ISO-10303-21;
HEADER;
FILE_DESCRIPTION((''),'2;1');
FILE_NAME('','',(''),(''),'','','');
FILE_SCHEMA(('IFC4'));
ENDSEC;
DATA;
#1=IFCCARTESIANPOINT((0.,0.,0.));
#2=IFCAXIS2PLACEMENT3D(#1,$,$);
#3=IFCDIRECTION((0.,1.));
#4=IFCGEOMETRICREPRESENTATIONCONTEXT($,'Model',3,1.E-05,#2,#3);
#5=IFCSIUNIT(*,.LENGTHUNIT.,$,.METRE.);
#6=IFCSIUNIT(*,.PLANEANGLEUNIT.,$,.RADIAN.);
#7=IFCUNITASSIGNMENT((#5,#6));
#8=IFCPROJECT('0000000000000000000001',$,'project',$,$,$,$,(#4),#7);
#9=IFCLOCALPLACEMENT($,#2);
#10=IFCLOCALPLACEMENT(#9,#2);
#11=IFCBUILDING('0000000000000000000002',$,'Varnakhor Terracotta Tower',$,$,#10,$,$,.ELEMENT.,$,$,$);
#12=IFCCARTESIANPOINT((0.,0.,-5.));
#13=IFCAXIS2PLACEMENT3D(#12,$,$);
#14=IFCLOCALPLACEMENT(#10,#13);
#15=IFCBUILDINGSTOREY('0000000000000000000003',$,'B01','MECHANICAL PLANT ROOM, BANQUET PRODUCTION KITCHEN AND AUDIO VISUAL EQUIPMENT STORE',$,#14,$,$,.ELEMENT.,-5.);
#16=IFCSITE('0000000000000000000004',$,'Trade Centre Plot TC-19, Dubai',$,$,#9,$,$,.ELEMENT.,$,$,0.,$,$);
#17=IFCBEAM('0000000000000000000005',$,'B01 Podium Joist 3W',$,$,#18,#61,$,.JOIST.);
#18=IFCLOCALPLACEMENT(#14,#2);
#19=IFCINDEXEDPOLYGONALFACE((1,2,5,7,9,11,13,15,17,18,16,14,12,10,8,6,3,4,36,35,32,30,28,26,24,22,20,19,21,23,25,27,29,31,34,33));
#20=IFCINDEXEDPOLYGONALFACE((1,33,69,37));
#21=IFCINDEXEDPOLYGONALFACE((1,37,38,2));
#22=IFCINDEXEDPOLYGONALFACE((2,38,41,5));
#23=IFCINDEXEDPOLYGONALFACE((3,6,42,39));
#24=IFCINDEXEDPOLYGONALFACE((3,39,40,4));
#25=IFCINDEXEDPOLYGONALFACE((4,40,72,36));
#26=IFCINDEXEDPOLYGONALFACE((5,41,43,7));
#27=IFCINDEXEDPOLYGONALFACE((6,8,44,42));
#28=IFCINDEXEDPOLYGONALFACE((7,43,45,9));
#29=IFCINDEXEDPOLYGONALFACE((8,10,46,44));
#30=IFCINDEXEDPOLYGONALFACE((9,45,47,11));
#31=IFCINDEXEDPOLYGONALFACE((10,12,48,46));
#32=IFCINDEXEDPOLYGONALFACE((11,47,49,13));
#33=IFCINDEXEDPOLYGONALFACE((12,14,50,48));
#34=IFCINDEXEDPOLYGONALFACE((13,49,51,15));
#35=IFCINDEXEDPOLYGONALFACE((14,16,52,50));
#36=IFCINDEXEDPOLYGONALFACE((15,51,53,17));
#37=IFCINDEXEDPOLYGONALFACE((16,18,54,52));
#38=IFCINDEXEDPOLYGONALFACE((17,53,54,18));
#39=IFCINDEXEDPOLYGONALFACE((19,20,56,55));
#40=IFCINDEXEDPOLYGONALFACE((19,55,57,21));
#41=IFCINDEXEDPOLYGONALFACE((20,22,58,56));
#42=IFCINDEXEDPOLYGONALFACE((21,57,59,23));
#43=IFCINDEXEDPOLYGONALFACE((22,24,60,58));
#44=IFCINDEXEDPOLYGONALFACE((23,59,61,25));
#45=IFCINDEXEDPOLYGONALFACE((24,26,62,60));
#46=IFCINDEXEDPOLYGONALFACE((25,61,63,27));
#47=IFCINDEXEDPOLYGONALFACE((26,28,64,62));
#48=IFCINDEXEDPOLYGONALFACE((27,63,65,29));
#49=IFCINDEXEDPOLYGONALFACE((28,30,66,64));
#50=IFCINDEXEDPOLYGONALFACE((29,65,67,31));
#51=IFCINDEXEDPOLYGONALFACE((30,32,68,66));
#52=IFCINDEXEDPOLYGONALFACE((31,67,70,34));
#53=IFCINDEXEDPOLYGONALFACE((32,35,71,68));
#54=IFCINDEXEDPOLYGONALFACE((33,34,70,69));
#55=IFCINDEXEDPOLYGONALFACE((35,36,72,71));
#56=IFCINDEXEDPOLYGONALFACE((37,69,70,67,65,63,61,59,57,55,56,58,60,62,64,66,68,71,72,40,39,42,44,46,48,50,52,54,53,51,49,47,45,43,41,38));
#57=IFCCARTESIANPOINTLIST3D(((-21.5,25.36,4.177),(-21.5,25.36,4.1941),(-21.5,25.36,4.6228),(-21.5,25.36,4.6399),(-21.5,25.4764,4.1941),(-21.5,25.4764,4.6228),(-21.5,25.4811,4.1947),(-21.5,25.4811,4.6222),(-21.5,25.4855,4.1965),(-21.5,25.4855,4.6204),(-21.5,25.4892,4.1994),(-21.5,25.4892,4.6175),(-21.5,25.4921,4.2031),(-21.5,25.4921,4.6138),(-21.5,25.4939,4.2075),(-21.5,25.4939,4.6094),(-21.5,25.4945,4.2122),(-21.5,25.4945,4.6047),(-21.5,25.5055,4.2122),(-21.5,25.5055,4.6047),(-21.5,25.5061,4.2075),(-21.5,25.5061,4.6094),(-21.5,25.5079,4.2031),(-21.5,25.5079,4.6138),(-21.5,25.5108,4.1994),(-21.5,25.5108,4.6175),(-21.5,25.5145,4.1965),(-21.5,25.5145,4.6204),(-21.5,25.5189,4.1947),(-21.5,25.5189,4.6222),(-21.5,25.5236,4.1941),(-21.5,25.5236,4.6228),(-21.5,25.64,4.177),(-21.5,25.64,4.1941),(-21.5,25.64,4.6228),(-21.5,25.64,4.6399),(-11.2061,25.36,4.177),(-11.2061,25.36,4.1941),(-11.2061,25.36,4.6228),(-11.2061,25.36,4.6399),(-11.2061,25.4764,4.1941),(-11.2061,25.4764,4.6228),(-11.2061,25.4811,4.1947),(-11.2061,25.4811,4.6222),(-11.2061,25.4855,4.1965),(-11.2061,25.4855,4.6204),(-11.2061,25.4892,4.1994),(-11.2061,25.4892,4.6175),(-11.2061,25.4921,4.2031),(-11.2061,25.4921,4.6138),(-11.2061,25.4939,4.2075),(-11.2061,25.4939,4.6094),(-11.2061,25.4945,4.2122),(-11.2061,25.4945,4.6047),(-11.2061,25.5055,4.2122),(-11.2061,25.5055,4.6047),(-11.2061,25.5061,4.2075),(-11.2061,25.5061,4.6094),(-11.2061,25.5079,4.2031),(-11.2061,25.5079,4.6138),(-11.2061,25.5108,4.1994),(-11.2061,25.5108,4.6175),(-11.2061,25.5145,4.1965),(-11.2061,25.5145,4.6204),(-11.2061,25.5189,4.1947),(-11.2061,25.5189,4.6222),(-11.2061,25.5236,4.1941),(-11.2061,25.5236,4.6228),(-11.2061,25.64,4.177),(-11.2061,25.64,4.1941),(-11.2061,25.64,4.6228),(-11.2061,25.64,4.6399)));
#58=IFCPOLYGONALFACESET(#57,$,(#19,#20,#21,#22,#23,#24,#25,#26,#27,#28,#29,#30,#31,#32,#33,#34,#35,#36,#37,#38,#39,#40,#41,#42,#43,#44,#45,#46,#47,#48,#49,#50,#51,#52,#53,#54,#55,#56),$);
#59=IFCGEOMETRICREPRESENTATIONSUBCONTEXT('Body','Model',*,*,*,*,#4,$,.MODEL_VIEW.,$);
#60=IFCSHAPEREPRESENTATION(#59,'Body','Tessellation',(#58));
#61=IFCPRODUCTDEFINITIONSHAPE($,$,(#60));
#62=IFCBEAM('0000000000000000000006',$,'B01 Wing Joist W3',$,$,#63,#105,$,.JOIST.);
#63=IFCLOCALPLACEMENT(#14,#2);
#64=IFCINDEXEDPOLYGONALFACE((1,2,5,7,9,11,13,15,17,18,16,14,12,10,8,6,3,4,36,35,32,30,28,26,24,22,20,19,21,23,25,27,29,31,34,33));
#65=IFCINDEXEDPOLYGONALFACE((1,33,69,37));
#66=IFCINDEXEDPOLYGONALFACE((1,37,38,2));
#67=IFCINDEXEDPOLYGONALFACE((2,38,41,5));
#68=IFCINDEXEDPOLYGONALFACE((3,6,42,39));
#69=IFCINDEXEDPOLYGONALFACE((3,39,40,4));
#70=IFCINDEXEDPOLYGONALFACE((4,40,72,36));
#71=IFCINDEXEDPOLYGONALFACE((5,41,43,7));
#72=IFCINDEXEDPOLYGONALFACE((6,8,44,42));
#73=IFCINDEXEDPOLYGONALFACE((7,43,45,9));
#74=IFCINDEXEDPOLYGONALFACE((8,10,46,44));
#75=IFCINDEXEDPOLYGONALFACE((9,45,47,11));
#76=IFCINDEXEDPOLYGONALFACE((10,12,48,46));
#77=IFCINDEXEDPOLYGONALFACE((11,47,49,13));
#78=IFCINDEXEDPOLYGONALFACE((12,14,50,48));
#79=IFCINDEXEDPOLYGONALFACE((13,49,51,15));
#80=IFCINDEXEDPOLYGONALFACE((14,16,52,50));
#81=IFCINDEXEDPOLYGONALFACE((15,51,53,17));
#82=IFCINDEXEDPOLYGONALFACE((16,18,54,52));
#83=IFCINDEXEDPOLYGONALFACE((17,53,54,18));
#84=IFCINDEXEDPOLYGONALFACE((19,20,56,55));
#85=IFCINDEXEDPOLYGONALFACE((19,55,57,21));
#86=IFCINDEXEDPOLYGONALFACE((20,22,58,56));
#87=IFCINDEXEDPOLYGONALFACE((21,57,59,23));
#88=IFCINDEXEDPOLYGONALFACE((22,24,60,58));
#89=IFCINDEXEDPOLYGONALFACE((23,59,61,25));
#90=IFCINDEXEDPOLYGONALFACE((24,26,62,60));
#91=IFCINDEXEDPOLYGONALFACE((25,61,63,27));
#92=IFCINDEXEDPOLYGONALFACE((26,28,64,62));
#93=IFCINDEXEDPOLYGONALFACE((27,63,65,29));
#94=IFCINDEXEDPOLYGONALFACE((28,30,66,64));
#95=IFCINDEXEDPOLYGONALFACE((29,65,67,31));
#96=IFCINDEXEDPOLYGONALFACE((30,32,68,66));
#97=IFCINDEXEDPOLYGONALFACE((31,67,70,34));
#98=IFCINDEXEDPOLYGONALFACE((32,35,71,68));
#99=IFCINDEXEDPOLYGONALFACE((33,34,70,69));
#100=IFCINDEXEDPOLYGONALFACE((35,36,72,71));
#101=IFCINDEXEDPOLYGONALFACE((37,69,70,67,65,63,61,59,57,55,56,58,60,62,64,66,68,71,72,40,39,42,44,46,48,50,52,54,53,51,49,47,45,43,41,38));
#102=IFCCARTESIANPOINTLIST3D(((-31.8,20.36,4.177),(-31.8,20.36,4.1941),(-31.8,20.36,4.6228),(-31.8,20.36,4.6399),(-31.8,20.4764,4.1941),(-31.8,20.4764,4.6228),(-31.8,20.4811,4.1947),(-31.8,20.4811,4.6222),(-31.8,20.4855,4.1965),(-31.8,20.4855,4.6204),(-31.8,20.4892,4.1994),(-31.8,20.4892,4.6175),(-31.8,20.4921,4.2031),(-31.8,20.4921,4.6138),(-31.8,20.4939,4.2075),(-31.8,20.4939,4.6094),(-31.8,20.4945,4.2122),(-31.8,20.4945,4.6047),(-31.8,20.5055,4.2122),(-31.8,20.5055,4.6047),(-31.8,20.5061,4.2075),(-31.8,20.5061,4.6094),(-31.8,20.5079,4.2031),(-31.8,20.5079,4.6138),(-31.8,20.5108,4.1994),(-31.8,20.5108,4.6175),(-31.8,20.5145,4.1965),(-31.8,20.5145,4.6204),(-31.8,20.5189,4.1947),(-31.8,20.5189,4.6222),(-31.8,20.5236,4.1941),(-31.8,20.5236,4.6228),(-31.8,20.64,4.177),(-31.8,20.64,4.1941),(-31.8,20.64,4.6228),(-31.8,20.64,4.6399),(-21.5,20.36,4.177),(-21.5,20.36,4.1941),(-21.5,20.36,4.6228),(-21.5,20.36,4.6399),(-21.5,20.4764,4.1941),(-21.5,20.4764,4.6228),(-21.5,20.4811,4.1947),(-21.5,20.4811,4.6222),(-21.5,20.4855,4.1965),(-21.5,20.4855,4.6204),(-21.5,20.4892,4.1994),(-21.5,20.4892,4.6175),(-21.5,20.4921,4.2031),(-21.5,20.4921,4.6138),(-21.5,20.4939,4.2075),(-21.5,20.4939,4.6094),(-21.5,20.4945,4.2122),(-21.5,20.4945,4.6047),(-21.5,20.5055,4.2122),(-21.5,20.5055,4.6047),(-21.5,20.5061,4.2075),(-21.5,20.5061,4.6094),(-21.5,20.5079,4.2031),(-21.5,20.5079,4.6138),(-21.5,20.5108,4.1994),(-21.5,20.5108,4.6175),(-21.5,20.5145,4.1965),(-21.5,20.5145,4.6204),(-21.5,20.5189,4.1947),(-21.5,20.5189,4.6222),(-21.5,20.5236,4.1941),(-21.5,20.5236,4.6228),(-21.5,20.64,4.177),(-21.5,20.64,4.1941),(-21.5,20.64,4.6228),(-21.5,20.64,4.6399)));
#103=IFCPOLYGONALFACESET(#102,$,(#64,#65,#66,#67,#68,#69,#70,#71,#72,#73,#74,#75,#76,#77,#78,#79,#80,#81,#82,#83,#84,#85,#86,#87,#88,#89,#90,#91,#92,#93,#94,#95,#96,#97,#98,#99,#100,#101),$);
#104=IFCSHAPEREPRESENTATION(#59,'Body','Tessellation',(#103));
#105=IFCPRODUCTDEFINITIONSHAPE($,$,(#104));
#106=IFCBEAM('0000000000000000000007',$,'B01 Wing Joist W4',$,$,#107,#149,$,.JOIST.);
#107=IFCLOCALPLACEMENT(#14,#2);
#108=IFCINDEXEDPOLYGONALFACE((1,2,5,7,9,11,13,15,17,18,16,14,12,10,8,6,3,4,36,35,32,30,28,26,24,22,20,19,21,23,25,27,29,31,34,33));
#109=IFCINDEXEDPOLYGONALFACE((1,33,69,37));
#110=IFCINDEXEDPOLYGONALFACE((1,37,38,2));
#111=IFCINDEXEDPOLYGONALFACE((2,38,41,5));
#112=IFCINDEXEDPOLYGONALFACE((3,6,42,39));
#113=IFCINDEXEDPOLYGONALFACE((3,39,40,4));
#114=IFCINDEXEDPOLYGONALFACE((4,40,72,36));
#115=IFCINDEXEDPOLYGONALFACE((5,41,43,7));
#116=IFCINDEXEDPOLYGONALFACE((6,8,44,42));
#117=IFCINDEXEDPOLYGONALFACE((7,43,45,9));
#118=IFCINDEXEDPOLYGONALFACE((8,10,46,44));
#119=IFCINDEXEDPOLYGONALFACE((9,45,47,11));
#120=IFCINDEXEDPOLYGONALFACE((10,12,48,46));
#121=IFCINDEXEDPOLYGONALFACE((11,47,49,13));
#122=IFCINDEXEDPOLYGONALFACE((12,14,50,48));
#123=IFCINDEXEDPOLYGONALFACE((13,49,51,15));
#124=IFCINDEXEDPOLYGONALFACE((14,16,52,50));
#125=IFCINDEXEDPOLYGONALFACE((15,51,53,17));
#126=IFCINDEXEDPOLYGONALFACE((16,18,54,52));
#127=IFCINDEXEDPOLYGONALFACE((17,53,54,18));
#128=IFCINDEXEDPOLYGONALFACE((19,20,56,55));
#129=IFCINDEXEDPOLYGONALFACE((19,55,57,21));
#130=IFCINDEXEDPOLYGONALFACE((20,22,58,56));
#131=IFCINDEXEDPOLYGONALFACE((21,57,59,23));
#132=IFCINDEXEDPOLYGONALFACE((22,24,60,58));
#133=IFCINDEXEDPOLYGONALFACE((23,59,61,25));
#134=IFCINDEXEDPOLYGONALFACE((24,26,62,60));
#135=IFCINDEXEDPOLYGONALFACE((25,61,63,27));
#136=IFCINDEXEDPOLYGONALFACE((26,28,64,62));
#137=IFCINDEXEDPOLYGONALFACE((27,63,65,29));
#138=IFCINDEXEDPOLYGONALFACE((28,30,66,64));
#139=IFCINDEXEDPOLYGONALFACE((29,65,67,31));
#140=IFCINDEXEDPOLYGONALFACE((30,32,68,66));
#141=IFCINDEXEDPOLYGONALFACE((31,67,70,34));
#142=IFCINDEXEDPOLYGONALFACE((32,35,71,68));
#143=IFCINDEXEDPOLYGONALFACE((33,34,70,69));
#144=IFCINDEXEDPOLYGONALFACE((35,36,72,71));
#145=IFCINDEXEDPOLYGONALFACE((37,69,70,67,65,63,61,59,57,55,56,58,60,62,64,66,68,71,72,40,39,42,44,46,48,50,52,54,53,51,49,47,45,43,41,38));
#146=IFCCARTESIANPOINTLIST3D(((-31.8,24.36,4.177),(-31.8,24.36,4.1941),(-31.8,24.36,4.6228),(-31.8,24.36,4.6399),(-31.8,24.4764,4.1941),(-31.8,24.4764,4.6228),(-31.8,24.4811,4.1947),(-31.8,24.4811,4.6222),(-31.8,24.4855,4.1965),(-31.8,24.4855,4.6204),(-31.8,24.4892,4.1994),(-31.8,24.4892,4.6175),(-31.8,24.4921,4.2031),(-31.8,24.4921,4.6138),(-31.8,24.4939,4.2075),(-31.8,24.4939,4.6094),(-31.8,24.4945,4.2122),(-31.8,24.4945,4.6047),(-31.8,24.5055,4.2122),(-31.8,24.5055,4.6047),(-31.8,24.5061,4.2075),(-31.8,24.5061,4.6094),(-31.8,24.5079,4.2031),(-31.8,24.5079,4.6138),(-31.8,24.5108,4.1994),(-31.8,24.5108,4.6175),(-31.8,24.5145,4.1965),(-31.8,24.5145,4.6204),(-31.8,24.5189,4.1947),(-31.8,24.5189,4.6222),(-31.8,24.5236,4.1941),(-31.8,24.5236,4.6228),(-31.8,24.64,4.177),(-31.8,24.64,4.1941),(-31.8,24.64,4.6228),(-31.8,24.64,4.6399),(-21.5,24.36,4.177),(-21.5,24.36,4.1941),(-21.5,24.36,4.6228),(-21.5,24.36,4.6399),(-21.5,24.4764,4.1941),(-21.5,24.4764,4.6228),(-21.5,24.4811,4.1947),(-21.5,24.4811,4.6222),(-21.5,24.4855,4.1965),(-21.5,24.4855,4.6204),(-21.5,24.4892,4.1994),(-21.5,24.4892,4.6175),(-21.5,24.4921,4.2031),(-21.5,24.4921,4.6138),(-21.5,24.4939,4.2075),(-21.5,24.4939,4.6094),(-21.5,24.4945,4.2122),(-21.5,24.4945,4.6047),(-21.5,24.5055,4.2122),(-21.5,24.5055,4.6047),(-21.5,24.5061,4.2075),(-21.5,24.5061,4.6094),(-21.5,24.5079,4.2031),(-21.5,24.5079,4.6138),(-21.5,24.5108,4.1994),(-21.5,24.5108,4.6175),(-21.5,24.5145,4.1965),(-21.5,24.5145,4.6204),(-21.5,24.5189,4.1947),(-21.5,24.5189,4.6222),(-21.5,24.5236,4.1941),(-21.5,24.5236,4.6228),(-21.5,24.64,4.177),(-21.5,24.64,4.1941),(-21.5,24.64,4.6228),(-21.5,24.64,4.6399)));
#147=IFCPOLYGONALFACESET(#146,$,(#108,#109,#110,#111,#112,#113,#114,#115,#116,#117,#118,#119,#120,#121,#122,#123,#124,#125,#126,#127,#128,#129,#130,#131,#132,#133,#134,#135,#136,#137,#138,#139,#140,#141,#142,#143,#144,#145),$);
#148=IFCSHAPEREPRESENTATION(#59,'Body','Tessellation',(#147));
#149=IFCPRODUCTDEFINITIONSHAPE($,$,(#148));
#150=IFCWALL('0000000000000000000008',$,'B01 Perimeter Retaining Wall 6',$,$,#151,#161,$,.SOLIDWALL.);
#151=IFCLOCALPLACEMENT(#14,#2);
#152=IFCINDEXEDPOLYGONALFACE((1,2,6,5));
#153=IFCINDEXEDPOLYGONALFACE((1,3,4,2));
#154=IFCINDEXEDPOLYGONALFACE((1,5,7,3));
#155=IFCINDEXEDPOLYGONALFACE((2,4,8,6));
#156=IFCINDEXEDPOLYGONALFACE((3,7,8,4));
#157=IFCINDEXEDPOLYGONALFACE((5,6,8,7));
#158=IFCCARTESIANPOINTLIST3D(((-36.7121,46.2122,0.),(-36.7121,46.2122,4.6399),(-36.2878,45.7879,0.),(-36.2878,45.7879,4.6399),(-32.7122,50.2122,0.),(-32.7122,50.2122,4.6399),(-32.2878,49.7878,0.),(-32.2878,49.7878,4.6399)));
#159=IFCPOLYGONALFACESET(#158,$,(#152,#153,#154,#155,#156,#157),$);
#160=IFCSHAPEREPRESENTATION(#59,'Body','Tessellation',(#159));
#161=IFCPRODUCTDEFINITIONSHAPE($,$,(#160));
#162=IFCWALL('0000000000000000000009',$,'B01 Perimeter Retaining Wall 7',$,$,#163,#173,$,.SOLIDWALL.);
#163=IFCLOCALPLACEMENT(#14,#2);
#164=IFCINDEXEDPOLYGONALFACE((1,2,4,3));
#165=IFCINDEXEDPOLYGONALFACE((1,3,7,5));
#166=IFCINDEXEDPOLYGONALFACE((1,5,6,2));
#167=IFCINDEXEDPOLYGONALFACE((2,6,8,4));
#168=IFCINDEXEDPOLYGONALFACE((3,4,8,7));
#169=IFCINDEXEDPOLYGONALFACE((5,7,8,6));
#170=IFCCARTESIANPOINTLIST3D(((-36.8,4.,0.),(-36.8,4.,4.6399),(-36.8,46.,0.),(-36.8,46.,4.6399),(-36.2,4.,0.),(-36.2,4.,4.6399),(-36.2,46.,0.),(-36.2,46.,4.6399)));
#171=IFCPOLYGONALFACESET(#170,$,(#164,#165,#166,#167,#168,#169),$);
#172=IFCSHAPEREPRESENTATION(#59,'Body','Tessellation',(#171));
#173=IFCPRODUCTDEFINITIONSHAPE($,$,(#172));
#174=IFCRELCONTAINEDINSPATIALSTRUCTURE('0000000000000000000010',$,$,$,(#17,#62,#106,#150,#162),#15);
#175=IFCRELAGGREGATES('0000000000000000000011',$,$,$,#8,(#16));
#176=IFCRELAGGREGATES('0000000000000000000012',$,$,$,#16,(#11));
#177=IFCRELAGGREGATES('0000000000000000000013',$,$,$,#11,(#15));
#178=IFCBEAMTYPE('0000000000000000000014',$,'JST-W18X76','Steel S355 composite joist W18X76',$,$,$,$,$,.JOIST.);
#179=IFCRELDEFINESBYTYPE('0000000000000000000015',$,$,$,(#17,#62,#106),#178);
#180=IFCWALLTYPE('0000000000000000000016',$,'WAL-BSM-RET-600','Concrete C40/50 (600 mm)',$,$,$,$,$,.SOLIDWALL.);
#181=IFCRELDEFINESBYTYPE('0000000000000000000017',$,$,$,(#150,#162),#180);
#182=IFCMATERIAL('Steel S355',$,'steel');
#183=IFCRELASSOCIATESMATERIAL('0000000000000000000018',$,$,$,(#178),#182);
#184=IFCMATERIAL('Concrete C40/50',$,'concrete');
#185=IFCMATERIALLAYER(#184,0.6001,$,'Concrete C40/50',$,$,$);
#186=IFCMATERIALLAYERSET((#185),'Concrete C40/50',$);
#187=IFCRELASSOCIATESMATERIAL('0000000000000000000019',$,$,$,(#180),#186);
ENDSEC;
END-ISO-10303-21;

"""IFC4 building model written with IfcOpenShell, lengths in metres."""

from ifc_helpers import new_model, si_unit, direction, frame, frame_2d, origin, origin_2d, place, context, subcontext, project, spatial, rectangle, i_section, extrude, source, transform, mapped, material, layer, layer_set, material_profile, profile_set, type_object, type_shapes, element, save


model = new_model("IFC4")

# Units and contexts
model_context = context("Model", 3, precision=1e-05, world=origin(), true_north=direction((0.0, 1.0)))
body_context = subcontext(model_context, "Body", "Model", "MODEL_VIEW")
ifc_project = project(units=[si_unit("LENGTHUNIT", "METRE"), si_unit("PLANEANGLEUNIT", "RADIAN")], contexts=[model_context])

# Site, building, storey
site_placement = place(None, origin())
site = spatial("IfcSite", under=ifc_project, at=site_placement, Name="Trade Centre Plot TC-19, Dubai", CompositionType="ELEMENT", RefElevation=0.0)
building_placement = place(site_placement, origin())
building = spatial("IfcBuilding", under=site, at=building_placement, Name="Varnakhor Terracotta Tower", CompositionType="ELEMENT")
storey_placement = place(building_placement, frame((0.0, 0.0, -5.0)))
storey = spatial("IfcBuildingStorey", under=building, at=storey_placement, Name="B01", Description="MECHANICAL PLANT ROOM, BANQUET PRODUCTION KITCHEN AND AUDIO VISUAL EQUIPMENT STORE", CompositionType="ELEMENT", Elevation=-5.0)

# Beams
ifc_material_1 = material(Name="Steel S355", Category="steel")
ifc_material_profile_1 = material_profile(ifc_material_1, i_section(OverallWidth=0.28, OverallDepth=0.4629, WebThickness=0.011, FlangeThickness=0.0171, FilletRadius=0.0181, at=origin_2d()), Name="W18X76")
ifc_profile_set_1 = profile_set([ifc_material_profile_1], Name="Steel S355")
beam_type_1 = type_object("IfcBeamType", Name="JST-W18X76", Description="Steel S355 composite joist W18X76", PredefinedType="JOIST", material=ifc_profile_set_1)
shared_shape_1 = source(origin(), body_context, "Body", "SweptSolid", [
    extrude(i_section(OverallWidth=0.28, OverallDepth=0.4629, WebThickness=0.011, FlangeThickness=0.0171, FilletRadius=0.0181, at=origin_2d()), origin(), (0.0, 0.0, 1.0), 10.2939),
])
type_shapes(beam_type_1, [shared_shape_1])
for number, where, z_axis, x_axis, name in (
    (1, (-21.5, 25.5, 4.4084), (1.0, 0.0, 0.0), (0.0, 1.0, 0.0), "B01 Podium Joist 3W"),
):
    element("IfcBeam", number, at=place(storey_placement, frame(where, z_axis=z_axis, x_axis=x_axis)), inside=storey, type_object=beam_type_1, Name=name, PredefinedType="JOIST", context=body_context, shape_type="MappedRepresentation", body=[
        mapped(shared_shape_1, transform((0.0, 0.0, 0.0), scale=1.0)),
    ])
shared_shape_2 = source(origin(), body_context, "Body", "SweptSolid", [
    extrude(i_section(OverallWidth=0.28, OverallDepth=0.4629, WebThickness=0.011, FlangeThickness=0.0171, FilletRadius=0.0181, at=origin_2d()), origin(), (0.0, 0.0, 1.0), 10.3),
])
for number, where, z_axis, x_axis, name in (
    (2, (-31.8, 20.5, 4.4084), (1.0, 0.0, 0.0), (0.0, 1.0, 0.0), "B01 Wing Joist W3"),
    (3, (-31.8, 24.5, 4.4084), (1.0, 0.0, 0.0), (0.0, 1.0, 0.0), "B01 Wing Joist W4"),
):
    element("IfcBeam", number, at=place(storey_placement, frame(where, z_axis=z_axis, x_axis=x_axis)), inside=storey, type_object=beam_type_1, Name=name, PredefinedType="JOIST", context=body_context, shape_type="MappedRepresentation", body=[
        mapped(shared_shape_2, transform((0.0, 0.0, 0.0), scale=1.0)),
    ])

# Walls
ifc_material_2 = material(Name="Concrete C40/50", Category="concrete")
ifc_layer_1 = layer(ifc_material_2, 0.6001, Name="Concrete C40/50")
ifc_layer_set_1 = layer_set([ifc_layer_1], Name="Concrete C40/50")
wall_type_1 = type_object("IfcWallType", Name="WAL-BSM-RET-600", Description="Concrete C40/50 (600 mm)", PredefinedType="SOLIDWALL", material=ifc_layer_set_1)
wall_1_placement = place(storey_placement, frame((-32.5, 50.0, 0.0), z_axis=(0.0, 0.0, 1.0), x_axis=(-0.707107, -0.707107, 0.0)))
element("IfcWall", 4, at=wall_1_placement, inside=storey, type_object=wall_type_1, Name="B01 Perimeter Retaining Wall 6", PredefinedType="SOLIDWALL", context=body_context, shape_type="SweptSolid", body=[
    extrude(rectangle(XDim=5.6567, YDim=0.6001, at=frame_2d((2.8284, 0.0))), origin(), (0.0, 0.0, 1.0), 4.6399),
])
wall_2_placement = place(storey_placement, frame((-36.5, 46.0, 0.0), z_axis=(0.0, 0.0, 1.0), x_axis=(0.0, -1.0, 0.0)))
element("IfcWall", 5, at=wall_2_placement, inside=storey, type_object=wall_type_1, Name="B01 Perimeter Retaining Wall 7", PredefinedType="SOLIDWALL", context=body_context, shape_type="SweptSolid", body=[
    extrude(rectangle(XDim=42.0, YDim=0.6001, at=frame_2d((21.0, 0.0))), origin(), (0.0, 0.0, 1.0), 4.6399),
])

save(model, "model.ifc")
